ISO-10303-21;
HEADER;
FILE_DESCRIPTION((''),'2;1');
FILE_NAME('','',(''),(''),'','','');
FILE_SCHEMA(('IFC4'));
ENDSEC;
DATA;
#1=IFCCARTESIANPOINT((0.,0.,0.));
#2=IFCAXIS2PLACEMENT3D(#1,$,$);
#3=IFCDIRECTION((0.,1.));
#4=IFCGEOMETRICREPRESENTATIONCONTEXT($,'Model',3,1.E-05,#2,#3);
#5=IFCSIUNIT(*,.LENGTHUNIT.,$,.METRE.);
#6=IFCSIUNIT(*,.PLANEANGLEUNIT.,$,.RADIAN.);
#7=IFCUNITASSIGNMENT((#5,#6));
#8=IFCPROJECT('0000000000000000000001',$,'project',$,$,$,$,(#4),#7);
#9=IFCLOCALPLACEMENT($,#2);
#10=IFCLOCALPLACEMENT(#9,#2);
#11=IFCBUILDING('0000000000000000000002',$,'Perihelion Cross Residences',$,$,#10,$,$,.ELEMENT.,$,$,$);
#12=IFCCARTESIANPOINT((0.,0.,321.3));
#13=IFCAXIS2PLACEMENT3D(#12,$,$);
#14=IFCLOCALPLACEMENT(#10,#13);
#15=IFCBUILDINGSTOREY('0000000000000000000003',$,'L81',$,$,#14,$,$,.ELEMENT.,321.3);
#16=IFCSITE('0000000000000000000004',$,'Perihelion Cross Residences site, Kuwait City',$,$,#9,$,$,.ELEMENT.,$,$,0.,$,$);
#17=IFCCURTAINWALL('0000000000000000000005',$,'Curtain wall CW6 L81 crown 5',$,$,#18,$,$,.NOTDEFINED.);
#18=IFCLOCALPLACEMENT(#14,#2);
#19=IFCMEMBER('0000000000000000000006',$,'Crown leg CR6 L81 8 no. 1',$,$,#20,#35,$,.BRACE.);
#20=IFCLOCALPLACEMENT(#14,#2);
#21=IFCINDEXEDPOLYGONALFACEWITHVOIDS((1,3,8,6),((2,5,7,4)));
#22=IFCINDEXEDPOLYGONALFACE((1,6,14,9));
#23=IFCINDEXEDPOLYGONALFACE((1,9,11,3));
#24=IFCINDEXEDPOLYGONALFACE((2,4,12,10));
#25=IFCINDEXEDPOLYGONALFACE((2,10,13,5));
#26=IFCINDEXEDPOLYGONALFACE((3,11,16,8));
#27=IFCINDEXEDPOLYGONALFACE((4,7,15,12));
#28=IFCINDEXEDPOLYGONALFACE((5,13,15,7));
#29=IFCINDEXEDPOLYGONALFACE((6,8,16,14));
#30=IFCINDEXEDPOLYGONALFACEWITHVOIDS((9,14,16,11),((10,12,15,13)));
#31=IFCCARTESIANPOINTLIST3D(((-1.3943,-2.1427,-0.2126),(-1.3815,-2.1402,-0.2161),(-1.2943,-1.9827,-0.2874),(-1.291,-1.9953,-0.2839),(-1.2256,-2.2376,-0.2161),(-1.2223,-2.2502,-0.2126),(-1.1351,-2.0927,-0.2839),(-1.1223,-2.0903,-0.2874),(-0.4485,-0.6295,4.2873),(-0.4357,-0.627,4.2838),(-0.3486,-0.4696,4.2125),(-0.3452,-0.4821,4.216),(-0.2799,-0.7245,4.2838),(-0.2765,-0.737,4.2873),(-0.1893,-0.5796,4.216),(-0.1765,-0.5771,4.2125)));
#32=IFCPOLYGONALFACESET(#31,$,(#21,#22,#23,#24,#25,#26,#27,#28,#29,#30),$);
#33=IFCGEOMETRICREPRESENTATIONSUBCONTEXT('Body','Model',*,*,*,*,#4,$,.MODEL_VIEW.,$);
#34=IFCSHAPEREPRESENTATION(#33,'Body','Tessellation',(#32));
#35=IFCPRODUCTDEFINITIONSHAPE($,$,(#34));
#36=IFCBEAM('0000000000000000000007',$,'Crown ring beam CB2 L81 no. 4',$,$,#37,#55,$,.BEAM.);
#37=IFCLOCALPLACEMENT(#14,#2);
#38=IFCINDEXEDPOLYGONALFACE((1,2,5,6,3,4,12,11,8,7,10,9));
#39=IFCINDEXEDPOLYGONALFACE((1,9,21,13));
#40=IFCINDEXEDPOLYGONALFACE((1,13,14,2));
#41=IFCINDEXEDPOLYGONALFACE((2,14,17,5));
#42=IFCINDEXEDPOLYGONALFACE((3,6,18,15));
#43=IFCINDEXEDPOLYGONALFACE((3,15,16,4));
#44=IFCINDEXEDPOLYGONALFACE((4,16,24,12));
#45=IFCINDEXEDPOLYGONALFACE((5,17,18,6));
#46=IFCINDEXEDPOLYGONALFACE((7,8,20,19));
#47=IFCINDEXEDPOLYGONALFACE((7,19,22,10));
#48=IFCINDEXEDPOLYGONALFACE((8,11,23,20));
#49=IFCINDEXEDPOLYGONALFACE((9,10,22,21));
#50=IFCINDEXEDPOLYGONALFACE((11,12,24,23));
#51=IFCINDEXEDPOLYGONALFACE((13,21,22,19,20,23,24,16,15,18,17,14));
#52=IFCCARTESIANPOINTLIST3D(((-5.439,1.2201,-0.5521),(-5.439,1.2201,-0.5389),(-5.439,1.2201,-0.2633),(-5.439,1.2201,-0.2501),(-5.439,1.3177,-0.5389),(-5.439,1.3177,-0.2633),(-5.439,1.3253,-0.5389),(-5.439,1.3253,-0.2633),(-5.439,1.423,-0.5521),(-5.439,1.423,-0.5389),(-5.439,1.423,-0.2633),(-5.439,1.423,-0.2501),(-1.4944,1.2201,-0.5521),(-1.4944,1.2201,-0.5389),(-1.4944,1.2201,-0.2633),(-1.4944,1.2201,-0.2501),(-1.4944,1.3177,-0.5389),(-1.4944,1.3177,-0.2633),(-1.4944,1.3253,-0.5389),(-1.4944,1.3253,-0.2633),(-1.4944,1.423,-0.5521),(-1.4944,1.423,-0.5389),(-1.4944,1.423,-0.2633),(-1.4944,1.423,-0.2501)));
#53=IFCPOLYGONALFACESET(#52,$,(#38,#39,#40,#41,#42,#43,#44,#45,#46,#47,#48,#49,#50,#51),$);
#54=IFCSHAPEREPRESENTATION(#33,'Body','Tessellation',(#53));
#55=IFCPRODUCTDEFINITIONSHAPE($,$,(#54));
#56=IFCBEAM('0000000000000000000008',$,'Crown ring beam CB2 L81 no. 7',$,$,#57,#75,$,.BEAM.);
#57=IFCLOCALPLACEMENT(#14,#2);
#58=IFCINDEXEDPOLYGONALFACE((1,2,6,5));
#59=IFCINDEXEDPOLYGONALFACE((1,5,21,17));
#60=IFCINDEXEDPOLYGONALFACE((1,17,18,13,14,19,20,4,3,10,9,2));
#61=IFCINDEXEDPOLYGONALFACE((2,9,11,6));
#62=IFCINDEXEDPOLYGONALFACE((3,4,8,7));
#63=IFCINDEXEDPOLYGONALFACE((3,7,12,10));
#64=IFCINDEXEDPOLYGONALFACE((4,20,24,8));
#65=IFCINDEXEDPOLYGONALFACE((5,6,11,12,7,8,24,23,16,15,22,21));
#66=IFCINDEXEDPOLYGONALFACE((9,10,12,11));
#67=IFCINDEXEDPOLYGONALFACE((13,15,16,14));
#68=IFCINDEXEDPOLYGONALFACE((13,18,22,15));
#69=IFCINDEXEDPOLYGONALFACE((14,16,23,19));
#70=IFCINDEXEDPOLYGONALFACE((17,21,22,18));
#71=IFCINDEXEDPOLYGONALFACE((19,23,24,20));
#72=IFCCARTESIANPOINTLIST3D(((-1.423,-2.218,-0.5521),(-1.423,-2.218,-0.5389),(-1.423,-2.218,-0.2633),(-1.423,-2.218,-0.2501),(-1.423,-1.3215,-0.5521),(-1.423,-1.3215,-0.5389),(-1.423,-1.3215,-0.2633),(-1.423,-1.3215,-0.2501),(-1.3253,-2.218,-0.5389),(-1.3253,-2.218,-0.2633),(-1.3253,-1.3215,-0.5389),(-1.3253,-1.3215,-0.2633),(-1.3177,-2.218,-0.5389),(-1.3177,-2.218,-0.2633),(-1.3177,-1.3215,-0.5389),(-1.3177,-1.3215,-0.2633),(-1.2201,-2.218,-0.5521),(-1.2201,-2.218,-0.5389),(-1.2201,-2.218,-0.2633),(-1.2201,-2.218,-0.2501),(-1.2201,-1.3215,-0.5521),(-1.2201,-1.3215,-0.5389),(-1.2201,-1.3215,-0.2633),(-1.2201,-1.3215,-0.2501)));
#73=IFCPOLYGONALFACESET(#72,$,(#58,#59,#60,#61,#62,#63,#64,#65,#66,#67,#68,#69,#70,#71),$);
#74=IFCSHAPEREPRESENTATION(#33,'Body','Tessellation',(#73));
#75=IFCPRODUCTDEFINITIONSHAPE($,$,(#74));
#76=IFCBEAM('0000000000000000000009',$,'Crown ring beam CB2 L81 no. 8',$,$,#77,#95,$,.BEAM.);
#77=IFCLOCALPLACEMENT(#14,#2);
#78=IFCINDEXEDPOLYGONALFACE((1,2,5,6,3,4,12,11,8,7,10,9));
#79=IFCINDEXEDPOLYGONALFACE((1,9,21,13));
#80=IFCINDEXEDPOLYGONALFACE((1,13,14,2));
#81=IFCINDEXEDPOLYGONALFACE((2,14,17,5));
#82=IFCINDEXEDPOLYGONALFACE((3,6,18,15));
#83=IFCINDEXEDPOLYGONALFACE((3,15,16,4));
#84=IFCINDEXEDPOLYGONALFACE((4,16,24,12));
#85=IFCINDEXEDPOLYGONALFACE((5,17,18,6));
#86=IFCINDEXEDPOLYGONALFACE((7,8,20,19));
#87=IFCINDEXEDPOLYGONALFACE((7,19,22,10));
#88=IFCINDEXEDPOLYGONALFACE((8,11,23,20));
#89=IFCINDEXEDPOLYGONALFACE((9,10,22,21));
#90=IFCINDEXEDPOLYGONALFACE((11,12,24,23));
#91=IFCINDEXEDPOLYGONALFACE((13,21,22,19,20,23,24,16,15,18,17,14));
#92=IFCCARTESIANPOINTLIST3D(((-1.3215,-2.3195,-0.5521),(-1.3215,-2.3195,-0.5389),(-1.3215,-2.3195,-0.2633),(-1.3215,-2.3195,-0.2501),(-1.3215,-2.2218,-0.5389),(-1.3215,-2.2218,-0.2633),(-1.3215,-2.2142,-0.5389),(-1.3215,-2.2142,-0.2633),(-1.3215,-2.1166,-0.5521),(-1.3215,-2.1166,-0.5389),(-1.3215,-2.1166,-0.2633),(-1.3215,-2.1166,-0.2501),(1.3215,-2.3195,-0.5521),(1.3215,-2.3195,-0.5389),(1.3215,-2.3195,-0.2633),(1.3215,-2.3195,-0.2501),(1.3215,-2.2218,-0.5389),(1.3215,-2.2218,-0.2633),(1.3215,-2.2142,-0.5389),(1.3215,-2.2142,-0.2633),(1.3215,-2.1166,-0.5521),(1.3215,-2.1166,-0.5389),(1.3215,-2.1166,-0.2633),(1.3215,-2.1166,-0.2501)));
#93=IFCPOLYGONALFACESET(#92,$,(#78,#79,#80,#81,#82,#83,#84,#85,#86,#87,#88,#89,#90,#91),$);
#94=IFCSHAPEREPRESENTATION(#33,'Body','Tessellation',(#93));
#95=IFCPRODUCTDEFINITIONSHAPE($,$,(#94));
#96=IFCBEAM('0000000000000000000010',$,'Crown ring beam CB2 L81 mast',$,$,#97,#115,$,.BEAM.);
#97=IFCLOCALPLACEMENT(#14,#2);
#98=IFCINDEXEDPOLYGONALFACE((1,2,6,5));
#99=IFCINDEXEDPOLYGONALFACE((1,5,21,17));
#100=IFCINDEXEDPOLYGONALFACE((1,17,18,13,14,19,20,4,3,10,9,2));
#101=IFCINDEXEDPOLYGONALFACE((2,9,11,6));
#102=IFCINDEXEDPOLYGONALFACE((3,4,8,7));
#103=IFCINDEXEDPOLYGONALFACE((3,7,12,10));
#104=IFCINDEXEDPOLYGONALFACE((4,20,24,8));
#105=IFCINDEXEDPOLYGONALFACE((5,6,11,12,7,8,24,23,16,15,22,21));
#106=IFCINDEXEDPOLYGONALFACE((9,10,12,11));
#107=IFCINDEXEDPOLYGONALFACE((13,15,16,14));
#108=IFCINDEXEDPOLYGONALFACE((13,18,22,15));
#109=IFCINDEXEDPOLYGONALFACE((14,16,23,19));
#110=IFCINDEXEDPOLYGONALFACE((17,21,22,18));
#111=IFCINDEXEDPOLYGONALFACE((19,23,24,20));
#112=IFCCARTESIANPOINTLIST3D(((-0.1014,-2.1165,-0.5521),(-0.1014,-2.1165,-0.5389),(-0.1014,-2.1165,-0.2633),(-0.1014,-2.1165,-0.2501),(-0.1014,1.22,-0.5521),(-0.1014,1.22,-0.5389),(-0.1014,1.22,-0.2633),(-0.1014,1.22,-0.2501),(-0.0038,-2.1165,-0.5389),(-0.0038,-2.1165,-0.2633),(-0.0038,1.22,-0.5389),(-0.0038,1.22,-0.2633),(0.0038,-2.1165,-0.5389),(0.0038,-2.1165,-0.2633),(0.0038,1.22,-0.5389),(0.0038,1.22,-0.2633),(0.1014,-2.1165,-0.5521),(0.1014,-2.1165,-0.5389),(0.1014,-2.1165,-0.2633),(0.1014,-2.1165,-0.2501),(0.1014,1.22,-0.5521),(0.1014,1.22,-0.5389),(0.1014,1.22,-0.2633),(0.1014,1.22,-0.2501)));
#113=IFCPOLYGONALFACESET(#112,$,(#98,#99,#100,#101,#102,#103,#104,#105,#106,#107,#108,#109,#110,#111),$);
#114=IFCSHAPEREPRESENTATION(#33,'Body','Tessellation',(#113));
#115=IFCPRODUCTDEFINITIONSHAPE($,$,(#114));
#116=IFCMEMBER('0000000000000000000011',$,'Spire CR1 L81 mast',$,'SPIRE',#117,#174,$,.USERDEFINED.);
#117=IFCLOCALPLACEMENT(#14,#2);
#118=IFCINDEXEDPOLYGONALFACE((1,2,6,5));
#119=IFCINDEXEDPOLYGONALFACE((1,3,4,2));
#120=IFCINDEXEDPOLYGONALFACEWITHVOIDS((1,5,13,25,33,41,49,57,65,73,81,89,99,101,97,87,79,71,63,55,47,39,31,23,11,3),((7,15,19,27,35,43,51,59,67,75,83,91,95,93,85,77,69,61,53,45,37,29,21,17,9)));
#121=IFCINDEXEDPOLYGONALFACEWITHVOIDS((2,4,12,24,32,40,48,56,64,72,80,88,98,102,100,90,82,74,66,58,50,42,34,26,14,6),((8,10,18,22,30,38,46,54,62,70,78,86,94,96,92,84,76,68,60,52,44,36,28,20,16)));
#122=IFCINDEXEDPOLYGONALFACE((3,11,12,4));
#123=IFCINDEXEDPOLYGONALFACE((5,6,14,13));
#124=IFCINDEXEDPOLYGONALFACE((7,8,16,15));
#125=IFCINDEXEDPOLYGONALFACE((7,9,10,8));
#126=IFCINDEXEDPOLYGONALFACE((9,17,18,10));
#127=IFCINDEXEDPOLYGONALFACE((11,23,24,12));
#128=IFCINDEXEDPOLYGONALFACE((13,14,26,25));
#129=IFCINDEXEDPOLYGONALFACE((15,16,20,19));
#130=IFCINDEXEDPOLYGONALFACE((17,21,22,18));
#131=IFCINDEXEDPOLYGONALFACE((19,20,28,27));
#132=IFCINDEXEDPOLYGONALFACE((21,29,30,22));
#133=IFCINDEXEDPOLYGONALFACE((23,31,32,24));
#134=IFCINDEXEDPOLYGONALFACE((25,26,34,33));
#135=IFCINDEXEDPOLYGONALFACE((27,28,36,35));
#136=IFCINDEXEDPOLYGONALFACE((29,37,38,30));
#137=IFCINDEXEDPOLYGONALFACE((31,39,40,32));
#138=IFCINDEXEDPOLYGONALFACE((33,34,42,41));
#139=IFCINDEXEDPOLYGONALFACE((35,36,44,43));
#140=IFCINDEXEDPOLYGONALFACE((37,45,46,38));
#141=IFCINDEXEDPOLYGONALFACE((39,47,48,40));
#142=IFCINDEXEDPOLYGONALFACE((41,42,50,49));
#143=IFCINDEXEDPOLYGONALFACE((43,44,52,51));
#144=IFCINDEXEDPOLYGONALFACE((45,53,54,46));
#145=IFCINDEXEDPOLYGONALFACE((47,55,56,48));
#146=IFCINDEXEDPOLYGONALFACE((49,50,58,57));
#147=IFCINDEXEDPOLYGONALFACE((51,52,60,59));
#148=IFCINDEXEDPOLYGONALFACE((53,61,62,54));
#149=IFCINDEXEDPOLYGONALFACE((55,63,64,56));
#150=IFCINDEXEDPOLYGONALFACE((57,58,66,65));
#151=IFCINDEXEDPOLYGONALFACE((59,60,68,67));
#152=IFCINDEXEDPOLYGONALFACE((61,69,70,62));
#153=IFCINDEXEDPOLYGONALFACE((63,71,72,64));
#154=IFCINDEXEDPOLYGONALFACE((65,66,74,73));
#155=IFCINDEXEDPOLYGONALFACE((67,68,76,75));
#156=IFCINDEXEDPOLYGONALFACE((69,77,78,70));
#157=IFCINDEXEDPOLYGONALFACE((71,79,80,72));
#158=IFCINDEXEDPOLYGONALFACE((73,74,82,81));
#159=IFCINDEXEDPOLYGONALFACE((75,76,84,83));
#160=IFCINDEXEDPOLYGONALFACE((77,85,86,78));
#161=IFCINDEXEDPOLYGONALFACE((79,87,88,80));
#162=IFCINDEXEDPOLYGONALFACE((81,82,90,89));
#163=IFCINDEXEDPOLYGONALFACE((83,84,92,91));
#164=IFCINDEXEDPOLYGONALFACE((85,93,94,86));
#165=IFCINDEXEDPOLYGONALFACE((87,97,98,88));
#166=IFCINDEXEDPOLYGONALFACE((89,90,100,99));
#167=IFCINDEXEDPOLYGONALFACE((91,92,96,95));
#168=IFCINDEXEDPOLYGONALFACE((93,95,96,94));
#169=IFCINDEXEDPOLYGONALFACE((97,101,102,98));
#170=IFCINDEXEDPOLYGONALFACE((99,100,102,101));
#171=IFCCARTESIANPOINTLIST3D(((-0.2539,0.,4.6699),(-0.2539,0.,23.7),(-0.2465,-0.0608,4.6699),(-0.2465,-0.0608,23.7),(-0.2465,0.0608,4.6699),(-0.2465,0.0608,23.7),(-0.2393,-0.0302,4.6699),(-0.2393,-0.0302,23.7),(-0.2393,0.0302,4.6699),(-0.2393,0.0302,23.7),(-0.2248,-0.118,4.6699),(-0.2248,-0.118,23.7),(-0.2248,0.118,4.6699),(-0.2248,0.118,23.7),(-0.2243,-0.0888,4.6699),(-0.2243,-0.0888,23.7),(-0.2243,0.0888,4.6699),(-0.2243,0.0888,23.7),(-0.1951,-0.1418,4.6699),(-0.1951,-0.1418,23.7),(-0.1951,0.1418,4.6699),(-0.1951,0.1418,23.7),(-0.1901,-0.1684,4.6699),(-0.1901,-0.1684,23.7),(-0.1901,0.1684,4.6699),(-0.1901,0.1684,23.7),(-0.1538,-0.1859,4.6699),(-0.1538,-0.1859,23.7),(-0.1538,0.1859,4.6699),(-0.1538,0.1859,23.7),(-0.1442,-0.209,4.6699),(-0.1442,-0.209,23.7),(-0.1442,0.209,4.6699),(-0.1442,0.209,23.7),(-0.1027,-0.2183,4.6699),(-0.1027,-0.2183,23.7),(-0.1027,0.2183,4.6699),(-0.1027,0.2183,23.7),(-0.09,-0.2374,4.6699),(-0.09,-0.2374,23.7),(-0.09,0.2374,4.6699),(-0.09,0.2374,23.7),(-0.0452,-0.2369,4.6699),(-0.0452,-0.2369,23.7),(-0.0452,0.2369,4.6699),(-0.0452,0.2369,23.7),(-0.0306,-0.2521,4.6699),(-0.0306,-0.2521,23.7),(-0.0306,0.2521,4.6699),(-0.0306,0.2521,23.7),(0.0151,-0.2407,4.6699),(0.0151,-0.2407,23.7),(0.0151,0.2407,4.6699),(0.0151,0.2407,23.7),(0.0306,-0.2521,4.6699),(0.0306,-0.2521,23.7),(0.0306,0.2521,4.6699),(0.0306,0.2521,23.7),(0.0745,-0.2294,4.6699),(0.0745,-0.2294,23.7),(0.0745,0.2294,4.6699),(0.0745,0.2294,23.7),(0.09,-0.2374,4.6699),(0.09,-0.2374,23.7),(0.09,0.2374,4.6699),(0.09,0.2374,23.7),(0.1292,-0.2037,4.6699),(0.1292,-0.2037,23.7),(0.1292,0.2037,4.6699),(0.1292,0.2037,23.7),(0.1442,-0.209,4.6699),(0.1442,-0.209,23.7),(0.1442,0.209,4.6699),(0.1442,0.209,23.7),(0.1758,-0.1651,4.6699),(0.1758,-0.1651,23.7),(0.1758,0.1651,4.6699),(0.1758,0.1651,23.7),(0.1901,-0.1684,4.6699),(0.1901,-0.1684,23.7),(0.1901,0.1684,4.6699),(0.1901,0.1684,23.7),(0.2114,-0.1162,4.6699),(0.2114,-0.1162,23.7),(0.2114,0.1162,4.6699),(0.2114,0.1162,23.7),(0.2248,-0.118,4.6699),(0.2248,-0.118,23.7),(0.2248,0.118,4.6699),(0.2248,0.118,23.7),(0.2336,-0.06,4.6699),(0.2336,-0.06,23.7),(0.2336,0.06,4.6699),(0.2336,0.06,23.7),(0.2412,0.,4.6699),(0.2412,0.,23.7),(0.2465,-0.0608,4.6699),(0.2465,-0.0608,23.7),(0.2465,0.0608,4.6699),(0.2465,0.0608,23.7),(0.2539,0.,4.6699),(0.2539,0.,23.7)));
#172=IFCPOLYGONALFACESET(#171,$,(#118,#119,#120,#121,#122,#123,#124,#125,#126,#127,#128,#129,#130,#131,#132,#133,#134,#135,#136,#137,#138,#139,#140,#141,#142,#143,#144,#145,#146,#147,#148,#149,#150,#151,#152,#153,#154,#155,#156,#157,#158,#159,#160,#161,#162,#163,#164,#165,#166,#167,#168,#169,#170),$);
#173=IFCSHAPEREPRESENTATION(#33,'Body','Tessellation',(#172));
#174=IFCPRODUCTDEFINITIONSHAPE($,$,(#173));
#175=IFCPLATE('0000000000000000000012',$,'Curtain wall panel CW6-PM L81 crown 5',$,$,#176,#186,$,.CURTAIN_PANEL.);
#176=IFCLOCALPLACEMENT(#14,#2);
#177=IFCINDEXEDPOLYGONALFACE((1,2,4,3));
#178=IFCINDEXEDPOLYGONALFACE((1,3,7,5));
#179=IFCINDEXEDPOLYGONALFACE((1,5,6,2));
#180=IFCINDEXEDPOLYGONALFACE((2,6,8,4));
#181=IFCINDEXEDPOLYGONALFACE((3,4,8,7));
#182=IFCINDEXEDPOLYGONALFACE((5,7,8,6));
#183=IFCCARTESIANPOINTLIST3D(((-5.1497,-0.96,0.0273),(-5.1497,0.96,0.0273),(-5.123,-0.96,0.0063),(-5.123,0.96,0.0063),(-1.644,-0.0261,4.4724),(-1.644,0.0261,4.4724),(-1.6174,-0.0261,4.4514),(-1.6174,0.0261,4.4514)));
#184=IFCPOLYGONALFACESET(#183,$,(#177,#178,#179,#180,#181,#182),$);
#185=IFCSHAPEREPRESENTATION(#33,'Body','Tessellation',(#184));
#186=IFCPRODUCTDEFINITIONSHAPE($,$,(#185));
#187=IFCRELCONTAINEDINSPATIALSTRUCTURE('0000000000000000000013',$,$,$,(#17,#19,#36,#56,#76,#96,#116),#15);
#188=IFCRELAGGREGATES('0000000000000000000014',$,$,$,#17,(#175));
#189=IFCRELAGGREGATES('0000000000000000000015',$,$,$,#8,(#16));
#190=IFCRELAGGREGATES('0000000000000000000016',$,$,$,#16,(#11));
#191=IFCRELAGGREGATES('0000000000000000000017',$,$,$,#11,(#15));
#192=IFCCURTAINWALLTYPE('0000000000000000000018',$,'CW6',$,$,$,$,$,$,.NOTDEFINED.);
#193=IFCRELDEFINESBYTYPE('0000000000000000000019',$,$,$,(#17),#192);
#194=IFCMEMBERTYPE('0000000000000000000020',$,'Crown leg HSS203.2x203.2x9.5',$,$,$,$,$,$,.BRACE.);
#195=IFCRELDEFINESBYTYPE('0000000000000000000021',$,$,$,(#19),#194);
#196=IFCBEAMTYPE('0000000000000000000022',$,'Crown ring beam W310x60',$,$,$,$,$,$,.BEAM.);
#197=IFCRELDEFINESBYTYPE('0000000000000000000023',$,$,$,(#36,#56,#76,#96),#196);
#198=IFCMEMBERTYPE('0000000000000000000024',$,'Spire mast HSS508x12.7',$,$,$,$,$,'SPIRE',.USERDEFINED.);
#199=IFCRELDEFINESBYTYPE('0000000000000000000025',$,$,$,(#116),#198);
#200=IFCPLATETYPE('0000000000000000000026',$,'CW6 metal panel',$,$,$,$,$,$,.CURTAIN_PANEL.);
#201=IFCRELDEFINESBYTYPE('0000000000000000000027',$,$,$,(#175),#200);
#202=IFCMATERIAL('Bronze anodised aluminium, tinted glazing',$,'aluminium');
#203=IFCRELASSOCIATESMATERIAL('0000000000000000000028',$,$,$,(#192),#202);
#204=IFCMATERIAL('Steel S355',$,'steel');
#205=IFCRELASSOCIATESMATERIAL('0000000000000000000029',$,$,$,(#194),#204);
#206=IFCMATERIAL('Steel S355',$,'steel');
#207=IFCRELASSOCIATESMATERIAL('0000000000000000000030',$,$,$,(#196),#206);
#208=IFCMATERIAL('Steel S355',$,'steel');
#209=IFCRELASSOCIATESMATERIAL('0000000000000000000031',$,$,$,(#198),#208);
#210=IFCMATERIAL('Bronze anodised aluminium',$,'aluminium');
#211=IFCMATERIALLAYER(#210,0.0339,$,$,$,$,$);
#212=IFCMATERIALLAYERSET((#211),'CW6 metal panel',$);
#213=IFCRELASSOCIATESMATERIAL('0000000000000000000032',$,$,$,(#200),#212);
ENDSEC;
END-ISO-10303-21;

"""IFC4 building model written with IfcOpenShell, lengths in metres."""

from ifc_helpers import new_model, si_unit, direction, frame, origin, origin_2d, place, context, subcontext, project, spatial, polyline, hollow_rectangle, hollow_circle, i_section, outline, extrude, material, layer, layer_set, material_profile, profile_set, type_object, element, aggregate, save


model = new_model("IFC4")

# Units and contexts
model_context = context("Model", 3, precision=1e-05, world=origin(), true_north=direction((0.0, 1.0)))
body_context = subcontext(model_context, "Body", "Model", "MODEL_VIEW")
ifc_project = project(units=[si_unit("LENGTHUNIT", "METRE"), si_unit("PLANEANGLEUNIT", "RADIAN")], contexts=[model_context])

# Site, building, storey
site_placement = place(None, origin())
site = spatial("IfcSite", under=ifc_project, at=site_placement, Name="Perihelion Cross Residences site, Kuwait City", CompositionType="ELEMENT", RefElevation=0.0)
building_placement = place(site_placement, origin())
building = spatial("IfcBuilding", under=site, at=building_placement, Name="Perihelion Cross Residences", CompositionType="ELEMENT")
storey_placement = place(building_placement, frame((0.0, 0.0, 321.3)))
storey = spatial("IfcBuildingStorey", under=building, at=storey_placement, Name="L81", CompositionType="ELEMENT", Elevation=321.3)

# Curtain wall
ifc_material_1 = material(Name="Bronze anodised aluminium, tinted glazing", Category="aluminium")
curtain_wall_type = type_object("IfcCurtainWallType", Name="CW6", PredefinedType="NOTDEFINED", material=ifc_material_1)
curtain_wall_1_placement = place(storey_placement, origin())
curtain_wall_1 = element("IfcCurtainWall", 1, at=curtain_wall_1_placement, inside=storey, type_object=curtain_wall_type, Name="Curtain wall CW6 L81 crown 5", PredefinedType="NOTDEFINED")

# Member
ifc_material_2 = material(Name="Steel S355", Category="steel")
ifc_material_profile_1 = material_profile(ifc_material_2, hollow_rectangle(XDim=0.2029, YDim=0.2029, WallThickness=0.0095, at=origin_2d()), Name="HSS203.2x203.2x9.5")
ifc_profile_set_1 = profile_set([ifc_material_profile_1], Name="Steel S355")
member_type_1 = type_object("IfcMemberType", Name="Crown leg HSS203.2x203.2x9.5", PredefinedType="BRACE", material=ifc_profile_set_1)
member_1_placement = place(storey_placement, frame((-1.2583, -2.1165, -0.25), z_axis=(0.195377, 0.312583, 0.92958), x_axis=(-0.847983, 0.530024, 0.0)))
element("IfcMember", 2, at=member_1_placement, inside=storey, type_object=member_type_1, Name="Crown leg CR6 L81 8 no. 1", PredefinedType="BRACE", context=body_context, shape_type="SweptSolid", body=[
    extrude(hollow_rectangle(XDim=0.2029, YDim=0.2029, WallThickness=0.0095, at=origin_2d()), origin(), (0.0, 0.0, 1.0), 4.8408),
])

# Beams
ifc_material_3 = material(Name="Steel S355", Category="steel")
ifc_material_profile_2 = material_profile(ifc_material_3, i_section(OverallWidth=0.2029, OverallDepth=0.302, WebThickness=0.0076, FlangeThickness=0.0132, at=origin_2d()), Name="W310x60")
ifc_profile_set_2 = profile_set([ifc_material_profile_2], Name="Steel S355")
beam_type = type_object("IfcBeamType", Name="Crown ring beam W310x60", PredefinedType="BEAM", material=ifc_profile_set_2)
beam_1_placement = place(storey_placement, frame((-1.4944, 1.3215, -0.4011), z_axis=(-1.0, 0.0, 0.0), x_axis=(0.0, -1.0, 0.0)))
element("IfcBeam", 3, at=beam_1_placement, inside=storey, type_object=beam_type, Name="Crown ring beam CB2 L81 no. 4", PredefinedType="BEAM", context=body_context, shape_type="SweptSolid", body=[
    extrude(i_section(OverallWidth=0.2029, OverallDepth=0.302, WebThickness=0.0076, FlangeThickness=0.0132, at=origin_2d()), origin(), (0.0, 0.0, 1.0), 3.9446),
])
beam_2_placement = place(storey_placement, frame((-1.3215, -1.3215, -0.4011), z_axis=(0.0, -1.0, 0.0), x_axis=(1.0, 0.0, 0.0)))
element("IfcBeam", 4, at=beam_2_placement, inside=storey, type_object=beam_type, Name="Crown ring beam CB2 L81 no. 7", PredefinedType="BEAM", context=body_context, shape_type="SweptSolid", body=[
    extrude(i_section(OverallWidth=0.2029, OverallDepth=0.302, WebThickness=0.0076, FlangeThickness=0.0132, at=origin_2d()), origin(), (0.0, 0.0, 1.0), 0.8965),
])
beam_3_placement = place(storey_placement, frame((-1.3215, -2.218, -0.4011), z_axis=(1.0, 0.0, 0.0), x_axis=(0.0, 1.0, 0.0)))
element("IfcBeam", 5, at=beam_3_placement, inside=storey, type_object=beam_type, Name="Crown ring beam CB2 L81 no. 8", PredefinedType="BEAM", context=body_context, shape_type="SweptSolid", body=[
    extrude(i_section(OverallWidth=0.2029, OverallDepth=0.302, WebThickness=0.0076, FlangeThickness=0.0132, at=origin_2d()), origin(), (0.0, 0.0, 1.0), 2.6431),
])
beam_4_placement = place(storey_placement, frame((0.0, -2.1165, -0.4011), z_axis=(0.0, 1.0, 0.0), x_axis=(-1.0, 0.0, 0.0)))
element("IfcBeam", 6, at=beam_4_placement, inside=storey, type_object=beam_type, Name="Crown ring beam CB2 L81 mast", PredefinedType="BEAM", context=body_context, shape_type="SweptSolid", body=[
    extrude(i_section(OverallWidth=0.2029, OverallDepth=0.302, WebThickness=0.0076, FlangeThickness=0.0132, at=origin_2d()), origin(), (0.0, 0.0, 1.0), 3.3364),
])

# Member
ifc_material_4 = material(Name="Steel S355", Category="steel")
ifc_material_profile_3 = material_profile(ifc_material_4, hollow_circle(Radius=0.2539, WallThickness=0.0127, at=origin_2d()), Name="HSS508x12.7")
ifc_profile_set_3 = profile_set([ifc_material_profile_3], Name="Steel S355")
member_type_2 = type_object("IfcMemberType", Name="Spire mast HSS508x12.7", ElementType="SPIRE", PredefinedType="USERDEFINED", material=ifc_profile_set_3)
member_2_placement = place(storey_placement, frame((0.0, 0.0, 4.6699), z_axis=(0.0, 0.0, 1.0), x_axis=(1.0, 0.0, 0.0)))
element("IfcMember", 7, at=member_2_placement, inside=storey, type_object=member_type_2, Name="Spire CR1 L81 mast", ObjectType="SPIRE", PredefinedType="USERDEFINED", context=body_context, shape_type="SweptSolid", body=[
    extrude(hollow_circle(Radius=0.2539, WallThickness=0.0127, at=origin_2d()), origin(), (0.0, 0.0, 1.0), 19.03),
])

# Plate
ifc_material_5 = material(Name="Bronze anodised aluminium", Category="aluminium")
ifc_layer_1 = layer(ifc_material_5, 0.0339)
ifc_layer_set_1 = layer_set([ifc_layer_1], Name="CW6 metal panel")
plate_type_1 = type_object("IfcPlateType", Name="CW6 metal panel", PredefinedType="CURTAIN_PANEL", material=ifc_layer_set_1)
plate_1_placement = place(storey_placement, frame((-1.644, -0.0261, 4.4724), z_axis=(-0.785196, 0.0, 0.619247), x_axis=(-0.61099, -0.162758, -0.774726)))
plate_1 = element("IfcPlate", 8, at=plate_1_placement, type_object=plate_type_1, Name="Curtain wall panel CW6-PM L81 crown 5", PredefinedType="CURTAIN_PANEL", context=body_context, shape_type="SweptSolid", body=[
    extrude(outline(polyline([(0.0, 0.0), (5.7376, 0.0), (5.4251, -1.8943), (-0.0085, -0.0515), (0.0, 0.0)])), origin(), (0.0, 0.0, -1.0), 0.0339),
])
aggregate(curtain_wall_1, [plate_1])

save(model, "model.ifc")
